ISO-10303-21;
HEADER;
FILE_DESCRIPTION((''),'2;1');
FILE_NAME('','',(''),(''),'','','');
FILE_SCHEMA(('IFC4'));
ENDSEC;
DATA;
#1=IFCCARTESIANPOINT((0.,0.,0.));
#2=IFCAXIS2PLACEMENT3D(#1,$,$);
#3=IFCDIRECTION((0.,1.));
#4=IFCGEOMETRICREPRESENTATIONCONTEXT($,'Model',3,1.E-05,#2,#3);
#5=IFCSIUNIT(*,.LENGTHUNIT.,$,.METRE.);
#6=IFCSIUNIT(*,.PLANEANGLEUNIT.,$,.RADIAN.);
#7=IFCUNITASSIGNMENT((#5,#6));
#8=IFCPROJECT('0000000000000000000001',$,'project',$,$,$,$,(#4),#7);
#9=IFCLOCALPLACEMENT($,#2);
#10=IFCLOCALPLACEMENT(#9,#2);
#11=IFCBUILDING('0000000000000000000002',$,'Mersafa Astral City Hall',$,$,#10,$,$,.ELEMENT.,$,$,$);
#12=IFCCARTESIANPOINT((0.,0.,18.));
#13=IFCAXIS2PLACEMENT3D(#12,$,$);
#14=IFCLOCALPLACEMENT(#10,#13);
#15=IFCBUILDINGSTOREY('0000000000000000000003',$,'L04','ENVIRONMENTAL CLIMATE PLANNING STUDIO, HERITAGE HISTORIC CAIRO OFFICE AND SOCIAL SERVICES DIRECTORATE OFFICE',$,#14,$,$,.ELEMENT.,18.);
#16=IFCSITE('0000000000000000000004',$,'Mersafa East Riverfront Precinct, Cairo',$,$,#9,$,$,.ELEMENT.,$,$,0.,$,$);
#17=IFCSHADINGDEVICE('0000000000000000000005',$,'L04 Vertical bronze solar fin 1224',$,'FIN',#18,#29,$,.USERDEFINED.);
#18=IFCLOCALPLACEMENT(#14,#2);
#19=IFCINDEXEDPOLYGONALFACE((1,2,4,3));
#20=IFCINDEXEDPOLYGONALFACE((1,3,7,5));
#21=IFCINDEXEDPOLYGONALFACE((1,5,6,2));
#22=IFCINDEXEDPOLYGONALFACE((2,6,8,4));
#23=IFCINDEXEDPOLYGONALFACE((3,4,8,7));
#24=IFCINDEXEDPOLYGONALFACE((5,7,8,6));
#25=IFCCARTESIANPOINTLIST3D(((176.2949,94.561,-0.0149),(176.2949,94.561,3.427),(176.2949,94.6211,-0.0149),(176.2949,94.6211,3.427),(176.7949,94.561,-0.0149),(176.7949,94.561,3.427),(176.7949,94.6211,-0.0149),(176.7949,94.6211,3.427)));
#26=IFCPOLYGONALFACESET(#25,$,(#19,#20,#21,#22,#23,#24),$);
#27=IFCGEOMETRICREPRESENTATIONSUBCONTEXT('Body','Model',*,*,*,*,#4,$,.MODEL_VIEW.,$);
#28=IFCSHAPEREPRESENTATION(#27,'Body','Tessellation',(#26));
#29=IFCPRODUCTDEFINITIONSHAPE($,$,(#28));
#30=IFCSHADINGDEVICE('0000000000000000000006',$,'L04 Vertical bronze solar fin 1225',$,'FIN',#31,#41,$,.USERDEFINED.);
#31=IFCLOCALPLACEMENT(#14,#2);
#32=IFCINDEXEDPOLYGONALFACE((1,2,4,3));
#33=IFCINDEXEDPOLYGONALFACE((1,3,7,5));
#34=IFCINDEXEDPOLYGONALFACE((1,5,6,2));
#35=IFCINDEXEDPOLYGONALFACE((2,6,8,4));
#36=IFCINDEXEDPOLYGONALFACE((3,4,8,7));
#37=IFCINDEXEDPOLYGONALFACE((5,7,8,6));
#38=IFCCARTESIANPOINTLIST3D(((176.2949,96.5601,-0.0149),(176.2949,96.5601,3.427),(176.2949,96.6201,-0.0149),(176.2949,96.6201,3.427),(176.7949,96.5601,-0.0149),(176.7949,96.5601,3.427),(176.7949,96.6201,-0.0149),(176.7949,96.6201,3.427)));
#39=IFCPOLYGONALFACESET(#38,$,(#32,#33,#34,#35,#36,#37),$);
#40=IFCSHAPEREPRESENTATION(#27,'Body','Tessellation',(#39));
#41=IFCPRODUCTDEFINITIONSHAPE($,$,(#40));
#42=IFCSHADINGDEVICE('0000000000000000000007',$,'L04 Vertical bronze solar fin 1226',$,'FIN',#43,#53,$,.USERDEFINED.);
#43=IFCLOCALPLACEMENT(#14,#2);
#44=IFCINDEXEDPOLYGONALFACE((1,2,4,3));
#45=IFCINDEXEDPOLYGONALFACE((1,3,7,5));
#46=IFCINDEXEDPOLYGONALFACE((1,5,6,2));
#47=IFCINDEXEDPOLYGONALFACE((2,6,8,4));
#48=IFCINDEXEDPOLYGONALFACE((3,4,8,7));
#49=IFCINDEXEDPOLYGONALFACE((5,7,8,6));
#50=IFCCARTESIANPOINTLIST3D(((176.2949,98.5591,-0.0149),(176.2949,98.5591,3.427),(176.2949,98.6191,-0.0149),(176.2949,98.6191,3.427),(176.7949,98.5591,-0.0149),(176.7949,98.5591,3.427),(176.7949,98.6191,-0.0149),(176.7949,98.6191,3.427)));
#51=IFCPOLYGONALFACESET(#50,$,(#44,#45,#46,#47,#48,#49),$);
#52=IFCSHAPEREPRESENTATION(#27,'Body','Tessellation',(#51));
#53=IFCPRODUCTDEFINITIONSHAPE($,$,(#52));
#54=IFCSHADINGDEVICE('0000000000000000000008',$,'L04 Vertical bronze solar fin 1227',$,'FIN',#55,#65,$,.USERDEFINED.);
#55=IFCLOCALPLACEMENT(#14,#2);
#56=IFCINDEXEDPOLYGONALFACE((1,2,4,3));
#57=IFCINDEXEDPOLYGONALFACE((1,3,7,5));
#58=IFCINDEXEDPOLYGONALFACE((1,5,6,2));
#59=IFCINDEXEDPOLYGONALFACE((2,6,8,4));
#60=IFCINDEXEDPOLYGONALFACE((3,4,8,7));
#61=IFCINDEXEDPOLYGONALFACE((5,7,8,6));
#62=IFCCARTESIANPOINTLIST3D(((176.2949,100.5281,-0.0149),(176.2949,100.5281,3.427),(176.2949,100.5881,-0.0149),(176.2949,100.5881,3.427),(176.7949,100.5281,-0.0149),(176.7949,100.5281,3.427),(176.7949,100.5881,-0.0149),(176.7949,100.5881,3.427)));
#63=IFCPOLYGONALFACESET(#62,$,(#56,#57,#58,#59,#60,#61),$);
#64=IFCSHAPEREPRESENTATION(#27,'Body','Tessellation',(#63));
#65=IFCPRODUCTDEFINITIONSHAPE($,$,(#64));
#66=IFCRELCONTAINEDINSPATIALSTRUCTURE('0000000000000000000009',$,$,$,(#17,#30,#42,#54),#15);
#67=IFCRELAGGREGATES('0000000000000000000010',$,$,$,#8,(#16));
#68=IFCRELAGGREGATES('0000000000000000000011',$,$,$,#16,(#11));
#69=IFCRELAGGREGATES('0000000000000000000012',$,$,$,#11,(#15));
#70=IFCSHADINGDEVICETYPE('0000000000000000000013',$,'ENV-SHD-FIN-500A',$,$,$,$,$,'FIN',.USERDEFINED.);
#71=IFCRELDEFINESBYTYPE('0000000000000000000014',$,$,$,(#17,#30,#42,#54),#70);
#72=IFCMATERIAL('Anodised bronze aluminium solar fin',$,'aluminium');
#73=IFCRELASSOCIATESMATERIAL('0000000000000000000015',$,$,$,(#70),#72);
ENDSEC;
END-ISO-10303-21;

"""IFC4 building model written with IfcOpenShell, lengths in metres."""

from ifc_helpers import new_model, si_unit, direction, frame, origin, origin_2d, place, context, subcontext, project, spatial, rectangle, extrude, material, type_object, element, save


model = new_model("IFC4")

# Units and contexts
model_context = context("Model", 3, precision=1e-05, world=origin(), true_north=direction((0.0, 1.0)))
body_context = subcontext(model_context, "Body", "Model", "MODEL_VIEW")
ifc_project = project(units=[si_unit("LENGTHUNIT", "METRE"), si_unit("PLANEANGLEUNIT", "RADIAN")], contexts=[model_context])

# Site, building, storey
site_placement = place(None, origin())
site = spatial("IfcSite", under=ifc_project, at=site_placement, Name="Mersafa East Riverfront Precinct, Cairo", CompositionType="ELEMENT", RefElevation=0.0)
building_placement = place(site_placement, origin())
building = spatial("IfcBuilding", under=site, at=building_placement, Name="Mersafa Astral City Hall", CompositionType="ELEMENT")
storey_placement = place(building_placement, frame((0.0, 0.0, 18.0)))
storey = spatial("IfcBuildingStorey", under=building, at=storey_placement, Name="L04", Description="ENVIRONMENTAL CLIMATE PLANNING STUDIO, HERITAGE HISTORIC CAIRO OFFICE AND SOCIAL SERVICES DIRECTORATE OFFICE", CompositionType="ELEMENT", Elevation=18.0)

# Shading devices
ifc_material_1 = material(Name="Anodised bronze aluminium solar fin", Category="aluminium")
shading_device_type = type_object("IfcShadingDeviceType", Name="ENV-SHD-FIN-500A", ElementType="FIN", PredefinedType="USERDEFINED", material=ifc_material_1)
for number, where, z_axis, x_axis, name in (
    (1, (176.5449, 94.5911, -0.0149), (0.0, 0.0, 1.0), (0.0, 1.0, 0.0), "L04 Vertical bronze solar fin 1224"),
    (2, (176.5449, 96.5901, -0.0149), (0.0, 0.0, 1.0), (0.0, 1.0, 0.0), "L04 Vertical bronze solar fin 1225"),
    (3, (176.5449, 98.5891, -0.0149), (0.0, 0.0, 1.0), (0.0, 1.0, 0.0), "L04 Vertical bronze solar fin 1226"),
    (4, (176.5449, 100.5581, -0.0149), (0.0, 0.0, 1.0), (0.0, 1.0, 0.0), "L04 Vertical bronze solar fin 1227"),
):
    element("IfcShadingDevice", number, at=place(storey_placement, frame(where, z_axis=z_axis, x_axis=x_axis)), inside=storey, type_object=shading_device_type, Name=name, ObjectType="FIN", PredefinedType="USERDEFINED", context=body_context, shape_type="SweptSolid", body=[
        extrude(rectangle(XDim=0.0601, YDim=0.5, at=origin_2d()), origin(), (0.0, 0.0, 1.0), 3.4419),
    ])

save(model, "model.ifc")
